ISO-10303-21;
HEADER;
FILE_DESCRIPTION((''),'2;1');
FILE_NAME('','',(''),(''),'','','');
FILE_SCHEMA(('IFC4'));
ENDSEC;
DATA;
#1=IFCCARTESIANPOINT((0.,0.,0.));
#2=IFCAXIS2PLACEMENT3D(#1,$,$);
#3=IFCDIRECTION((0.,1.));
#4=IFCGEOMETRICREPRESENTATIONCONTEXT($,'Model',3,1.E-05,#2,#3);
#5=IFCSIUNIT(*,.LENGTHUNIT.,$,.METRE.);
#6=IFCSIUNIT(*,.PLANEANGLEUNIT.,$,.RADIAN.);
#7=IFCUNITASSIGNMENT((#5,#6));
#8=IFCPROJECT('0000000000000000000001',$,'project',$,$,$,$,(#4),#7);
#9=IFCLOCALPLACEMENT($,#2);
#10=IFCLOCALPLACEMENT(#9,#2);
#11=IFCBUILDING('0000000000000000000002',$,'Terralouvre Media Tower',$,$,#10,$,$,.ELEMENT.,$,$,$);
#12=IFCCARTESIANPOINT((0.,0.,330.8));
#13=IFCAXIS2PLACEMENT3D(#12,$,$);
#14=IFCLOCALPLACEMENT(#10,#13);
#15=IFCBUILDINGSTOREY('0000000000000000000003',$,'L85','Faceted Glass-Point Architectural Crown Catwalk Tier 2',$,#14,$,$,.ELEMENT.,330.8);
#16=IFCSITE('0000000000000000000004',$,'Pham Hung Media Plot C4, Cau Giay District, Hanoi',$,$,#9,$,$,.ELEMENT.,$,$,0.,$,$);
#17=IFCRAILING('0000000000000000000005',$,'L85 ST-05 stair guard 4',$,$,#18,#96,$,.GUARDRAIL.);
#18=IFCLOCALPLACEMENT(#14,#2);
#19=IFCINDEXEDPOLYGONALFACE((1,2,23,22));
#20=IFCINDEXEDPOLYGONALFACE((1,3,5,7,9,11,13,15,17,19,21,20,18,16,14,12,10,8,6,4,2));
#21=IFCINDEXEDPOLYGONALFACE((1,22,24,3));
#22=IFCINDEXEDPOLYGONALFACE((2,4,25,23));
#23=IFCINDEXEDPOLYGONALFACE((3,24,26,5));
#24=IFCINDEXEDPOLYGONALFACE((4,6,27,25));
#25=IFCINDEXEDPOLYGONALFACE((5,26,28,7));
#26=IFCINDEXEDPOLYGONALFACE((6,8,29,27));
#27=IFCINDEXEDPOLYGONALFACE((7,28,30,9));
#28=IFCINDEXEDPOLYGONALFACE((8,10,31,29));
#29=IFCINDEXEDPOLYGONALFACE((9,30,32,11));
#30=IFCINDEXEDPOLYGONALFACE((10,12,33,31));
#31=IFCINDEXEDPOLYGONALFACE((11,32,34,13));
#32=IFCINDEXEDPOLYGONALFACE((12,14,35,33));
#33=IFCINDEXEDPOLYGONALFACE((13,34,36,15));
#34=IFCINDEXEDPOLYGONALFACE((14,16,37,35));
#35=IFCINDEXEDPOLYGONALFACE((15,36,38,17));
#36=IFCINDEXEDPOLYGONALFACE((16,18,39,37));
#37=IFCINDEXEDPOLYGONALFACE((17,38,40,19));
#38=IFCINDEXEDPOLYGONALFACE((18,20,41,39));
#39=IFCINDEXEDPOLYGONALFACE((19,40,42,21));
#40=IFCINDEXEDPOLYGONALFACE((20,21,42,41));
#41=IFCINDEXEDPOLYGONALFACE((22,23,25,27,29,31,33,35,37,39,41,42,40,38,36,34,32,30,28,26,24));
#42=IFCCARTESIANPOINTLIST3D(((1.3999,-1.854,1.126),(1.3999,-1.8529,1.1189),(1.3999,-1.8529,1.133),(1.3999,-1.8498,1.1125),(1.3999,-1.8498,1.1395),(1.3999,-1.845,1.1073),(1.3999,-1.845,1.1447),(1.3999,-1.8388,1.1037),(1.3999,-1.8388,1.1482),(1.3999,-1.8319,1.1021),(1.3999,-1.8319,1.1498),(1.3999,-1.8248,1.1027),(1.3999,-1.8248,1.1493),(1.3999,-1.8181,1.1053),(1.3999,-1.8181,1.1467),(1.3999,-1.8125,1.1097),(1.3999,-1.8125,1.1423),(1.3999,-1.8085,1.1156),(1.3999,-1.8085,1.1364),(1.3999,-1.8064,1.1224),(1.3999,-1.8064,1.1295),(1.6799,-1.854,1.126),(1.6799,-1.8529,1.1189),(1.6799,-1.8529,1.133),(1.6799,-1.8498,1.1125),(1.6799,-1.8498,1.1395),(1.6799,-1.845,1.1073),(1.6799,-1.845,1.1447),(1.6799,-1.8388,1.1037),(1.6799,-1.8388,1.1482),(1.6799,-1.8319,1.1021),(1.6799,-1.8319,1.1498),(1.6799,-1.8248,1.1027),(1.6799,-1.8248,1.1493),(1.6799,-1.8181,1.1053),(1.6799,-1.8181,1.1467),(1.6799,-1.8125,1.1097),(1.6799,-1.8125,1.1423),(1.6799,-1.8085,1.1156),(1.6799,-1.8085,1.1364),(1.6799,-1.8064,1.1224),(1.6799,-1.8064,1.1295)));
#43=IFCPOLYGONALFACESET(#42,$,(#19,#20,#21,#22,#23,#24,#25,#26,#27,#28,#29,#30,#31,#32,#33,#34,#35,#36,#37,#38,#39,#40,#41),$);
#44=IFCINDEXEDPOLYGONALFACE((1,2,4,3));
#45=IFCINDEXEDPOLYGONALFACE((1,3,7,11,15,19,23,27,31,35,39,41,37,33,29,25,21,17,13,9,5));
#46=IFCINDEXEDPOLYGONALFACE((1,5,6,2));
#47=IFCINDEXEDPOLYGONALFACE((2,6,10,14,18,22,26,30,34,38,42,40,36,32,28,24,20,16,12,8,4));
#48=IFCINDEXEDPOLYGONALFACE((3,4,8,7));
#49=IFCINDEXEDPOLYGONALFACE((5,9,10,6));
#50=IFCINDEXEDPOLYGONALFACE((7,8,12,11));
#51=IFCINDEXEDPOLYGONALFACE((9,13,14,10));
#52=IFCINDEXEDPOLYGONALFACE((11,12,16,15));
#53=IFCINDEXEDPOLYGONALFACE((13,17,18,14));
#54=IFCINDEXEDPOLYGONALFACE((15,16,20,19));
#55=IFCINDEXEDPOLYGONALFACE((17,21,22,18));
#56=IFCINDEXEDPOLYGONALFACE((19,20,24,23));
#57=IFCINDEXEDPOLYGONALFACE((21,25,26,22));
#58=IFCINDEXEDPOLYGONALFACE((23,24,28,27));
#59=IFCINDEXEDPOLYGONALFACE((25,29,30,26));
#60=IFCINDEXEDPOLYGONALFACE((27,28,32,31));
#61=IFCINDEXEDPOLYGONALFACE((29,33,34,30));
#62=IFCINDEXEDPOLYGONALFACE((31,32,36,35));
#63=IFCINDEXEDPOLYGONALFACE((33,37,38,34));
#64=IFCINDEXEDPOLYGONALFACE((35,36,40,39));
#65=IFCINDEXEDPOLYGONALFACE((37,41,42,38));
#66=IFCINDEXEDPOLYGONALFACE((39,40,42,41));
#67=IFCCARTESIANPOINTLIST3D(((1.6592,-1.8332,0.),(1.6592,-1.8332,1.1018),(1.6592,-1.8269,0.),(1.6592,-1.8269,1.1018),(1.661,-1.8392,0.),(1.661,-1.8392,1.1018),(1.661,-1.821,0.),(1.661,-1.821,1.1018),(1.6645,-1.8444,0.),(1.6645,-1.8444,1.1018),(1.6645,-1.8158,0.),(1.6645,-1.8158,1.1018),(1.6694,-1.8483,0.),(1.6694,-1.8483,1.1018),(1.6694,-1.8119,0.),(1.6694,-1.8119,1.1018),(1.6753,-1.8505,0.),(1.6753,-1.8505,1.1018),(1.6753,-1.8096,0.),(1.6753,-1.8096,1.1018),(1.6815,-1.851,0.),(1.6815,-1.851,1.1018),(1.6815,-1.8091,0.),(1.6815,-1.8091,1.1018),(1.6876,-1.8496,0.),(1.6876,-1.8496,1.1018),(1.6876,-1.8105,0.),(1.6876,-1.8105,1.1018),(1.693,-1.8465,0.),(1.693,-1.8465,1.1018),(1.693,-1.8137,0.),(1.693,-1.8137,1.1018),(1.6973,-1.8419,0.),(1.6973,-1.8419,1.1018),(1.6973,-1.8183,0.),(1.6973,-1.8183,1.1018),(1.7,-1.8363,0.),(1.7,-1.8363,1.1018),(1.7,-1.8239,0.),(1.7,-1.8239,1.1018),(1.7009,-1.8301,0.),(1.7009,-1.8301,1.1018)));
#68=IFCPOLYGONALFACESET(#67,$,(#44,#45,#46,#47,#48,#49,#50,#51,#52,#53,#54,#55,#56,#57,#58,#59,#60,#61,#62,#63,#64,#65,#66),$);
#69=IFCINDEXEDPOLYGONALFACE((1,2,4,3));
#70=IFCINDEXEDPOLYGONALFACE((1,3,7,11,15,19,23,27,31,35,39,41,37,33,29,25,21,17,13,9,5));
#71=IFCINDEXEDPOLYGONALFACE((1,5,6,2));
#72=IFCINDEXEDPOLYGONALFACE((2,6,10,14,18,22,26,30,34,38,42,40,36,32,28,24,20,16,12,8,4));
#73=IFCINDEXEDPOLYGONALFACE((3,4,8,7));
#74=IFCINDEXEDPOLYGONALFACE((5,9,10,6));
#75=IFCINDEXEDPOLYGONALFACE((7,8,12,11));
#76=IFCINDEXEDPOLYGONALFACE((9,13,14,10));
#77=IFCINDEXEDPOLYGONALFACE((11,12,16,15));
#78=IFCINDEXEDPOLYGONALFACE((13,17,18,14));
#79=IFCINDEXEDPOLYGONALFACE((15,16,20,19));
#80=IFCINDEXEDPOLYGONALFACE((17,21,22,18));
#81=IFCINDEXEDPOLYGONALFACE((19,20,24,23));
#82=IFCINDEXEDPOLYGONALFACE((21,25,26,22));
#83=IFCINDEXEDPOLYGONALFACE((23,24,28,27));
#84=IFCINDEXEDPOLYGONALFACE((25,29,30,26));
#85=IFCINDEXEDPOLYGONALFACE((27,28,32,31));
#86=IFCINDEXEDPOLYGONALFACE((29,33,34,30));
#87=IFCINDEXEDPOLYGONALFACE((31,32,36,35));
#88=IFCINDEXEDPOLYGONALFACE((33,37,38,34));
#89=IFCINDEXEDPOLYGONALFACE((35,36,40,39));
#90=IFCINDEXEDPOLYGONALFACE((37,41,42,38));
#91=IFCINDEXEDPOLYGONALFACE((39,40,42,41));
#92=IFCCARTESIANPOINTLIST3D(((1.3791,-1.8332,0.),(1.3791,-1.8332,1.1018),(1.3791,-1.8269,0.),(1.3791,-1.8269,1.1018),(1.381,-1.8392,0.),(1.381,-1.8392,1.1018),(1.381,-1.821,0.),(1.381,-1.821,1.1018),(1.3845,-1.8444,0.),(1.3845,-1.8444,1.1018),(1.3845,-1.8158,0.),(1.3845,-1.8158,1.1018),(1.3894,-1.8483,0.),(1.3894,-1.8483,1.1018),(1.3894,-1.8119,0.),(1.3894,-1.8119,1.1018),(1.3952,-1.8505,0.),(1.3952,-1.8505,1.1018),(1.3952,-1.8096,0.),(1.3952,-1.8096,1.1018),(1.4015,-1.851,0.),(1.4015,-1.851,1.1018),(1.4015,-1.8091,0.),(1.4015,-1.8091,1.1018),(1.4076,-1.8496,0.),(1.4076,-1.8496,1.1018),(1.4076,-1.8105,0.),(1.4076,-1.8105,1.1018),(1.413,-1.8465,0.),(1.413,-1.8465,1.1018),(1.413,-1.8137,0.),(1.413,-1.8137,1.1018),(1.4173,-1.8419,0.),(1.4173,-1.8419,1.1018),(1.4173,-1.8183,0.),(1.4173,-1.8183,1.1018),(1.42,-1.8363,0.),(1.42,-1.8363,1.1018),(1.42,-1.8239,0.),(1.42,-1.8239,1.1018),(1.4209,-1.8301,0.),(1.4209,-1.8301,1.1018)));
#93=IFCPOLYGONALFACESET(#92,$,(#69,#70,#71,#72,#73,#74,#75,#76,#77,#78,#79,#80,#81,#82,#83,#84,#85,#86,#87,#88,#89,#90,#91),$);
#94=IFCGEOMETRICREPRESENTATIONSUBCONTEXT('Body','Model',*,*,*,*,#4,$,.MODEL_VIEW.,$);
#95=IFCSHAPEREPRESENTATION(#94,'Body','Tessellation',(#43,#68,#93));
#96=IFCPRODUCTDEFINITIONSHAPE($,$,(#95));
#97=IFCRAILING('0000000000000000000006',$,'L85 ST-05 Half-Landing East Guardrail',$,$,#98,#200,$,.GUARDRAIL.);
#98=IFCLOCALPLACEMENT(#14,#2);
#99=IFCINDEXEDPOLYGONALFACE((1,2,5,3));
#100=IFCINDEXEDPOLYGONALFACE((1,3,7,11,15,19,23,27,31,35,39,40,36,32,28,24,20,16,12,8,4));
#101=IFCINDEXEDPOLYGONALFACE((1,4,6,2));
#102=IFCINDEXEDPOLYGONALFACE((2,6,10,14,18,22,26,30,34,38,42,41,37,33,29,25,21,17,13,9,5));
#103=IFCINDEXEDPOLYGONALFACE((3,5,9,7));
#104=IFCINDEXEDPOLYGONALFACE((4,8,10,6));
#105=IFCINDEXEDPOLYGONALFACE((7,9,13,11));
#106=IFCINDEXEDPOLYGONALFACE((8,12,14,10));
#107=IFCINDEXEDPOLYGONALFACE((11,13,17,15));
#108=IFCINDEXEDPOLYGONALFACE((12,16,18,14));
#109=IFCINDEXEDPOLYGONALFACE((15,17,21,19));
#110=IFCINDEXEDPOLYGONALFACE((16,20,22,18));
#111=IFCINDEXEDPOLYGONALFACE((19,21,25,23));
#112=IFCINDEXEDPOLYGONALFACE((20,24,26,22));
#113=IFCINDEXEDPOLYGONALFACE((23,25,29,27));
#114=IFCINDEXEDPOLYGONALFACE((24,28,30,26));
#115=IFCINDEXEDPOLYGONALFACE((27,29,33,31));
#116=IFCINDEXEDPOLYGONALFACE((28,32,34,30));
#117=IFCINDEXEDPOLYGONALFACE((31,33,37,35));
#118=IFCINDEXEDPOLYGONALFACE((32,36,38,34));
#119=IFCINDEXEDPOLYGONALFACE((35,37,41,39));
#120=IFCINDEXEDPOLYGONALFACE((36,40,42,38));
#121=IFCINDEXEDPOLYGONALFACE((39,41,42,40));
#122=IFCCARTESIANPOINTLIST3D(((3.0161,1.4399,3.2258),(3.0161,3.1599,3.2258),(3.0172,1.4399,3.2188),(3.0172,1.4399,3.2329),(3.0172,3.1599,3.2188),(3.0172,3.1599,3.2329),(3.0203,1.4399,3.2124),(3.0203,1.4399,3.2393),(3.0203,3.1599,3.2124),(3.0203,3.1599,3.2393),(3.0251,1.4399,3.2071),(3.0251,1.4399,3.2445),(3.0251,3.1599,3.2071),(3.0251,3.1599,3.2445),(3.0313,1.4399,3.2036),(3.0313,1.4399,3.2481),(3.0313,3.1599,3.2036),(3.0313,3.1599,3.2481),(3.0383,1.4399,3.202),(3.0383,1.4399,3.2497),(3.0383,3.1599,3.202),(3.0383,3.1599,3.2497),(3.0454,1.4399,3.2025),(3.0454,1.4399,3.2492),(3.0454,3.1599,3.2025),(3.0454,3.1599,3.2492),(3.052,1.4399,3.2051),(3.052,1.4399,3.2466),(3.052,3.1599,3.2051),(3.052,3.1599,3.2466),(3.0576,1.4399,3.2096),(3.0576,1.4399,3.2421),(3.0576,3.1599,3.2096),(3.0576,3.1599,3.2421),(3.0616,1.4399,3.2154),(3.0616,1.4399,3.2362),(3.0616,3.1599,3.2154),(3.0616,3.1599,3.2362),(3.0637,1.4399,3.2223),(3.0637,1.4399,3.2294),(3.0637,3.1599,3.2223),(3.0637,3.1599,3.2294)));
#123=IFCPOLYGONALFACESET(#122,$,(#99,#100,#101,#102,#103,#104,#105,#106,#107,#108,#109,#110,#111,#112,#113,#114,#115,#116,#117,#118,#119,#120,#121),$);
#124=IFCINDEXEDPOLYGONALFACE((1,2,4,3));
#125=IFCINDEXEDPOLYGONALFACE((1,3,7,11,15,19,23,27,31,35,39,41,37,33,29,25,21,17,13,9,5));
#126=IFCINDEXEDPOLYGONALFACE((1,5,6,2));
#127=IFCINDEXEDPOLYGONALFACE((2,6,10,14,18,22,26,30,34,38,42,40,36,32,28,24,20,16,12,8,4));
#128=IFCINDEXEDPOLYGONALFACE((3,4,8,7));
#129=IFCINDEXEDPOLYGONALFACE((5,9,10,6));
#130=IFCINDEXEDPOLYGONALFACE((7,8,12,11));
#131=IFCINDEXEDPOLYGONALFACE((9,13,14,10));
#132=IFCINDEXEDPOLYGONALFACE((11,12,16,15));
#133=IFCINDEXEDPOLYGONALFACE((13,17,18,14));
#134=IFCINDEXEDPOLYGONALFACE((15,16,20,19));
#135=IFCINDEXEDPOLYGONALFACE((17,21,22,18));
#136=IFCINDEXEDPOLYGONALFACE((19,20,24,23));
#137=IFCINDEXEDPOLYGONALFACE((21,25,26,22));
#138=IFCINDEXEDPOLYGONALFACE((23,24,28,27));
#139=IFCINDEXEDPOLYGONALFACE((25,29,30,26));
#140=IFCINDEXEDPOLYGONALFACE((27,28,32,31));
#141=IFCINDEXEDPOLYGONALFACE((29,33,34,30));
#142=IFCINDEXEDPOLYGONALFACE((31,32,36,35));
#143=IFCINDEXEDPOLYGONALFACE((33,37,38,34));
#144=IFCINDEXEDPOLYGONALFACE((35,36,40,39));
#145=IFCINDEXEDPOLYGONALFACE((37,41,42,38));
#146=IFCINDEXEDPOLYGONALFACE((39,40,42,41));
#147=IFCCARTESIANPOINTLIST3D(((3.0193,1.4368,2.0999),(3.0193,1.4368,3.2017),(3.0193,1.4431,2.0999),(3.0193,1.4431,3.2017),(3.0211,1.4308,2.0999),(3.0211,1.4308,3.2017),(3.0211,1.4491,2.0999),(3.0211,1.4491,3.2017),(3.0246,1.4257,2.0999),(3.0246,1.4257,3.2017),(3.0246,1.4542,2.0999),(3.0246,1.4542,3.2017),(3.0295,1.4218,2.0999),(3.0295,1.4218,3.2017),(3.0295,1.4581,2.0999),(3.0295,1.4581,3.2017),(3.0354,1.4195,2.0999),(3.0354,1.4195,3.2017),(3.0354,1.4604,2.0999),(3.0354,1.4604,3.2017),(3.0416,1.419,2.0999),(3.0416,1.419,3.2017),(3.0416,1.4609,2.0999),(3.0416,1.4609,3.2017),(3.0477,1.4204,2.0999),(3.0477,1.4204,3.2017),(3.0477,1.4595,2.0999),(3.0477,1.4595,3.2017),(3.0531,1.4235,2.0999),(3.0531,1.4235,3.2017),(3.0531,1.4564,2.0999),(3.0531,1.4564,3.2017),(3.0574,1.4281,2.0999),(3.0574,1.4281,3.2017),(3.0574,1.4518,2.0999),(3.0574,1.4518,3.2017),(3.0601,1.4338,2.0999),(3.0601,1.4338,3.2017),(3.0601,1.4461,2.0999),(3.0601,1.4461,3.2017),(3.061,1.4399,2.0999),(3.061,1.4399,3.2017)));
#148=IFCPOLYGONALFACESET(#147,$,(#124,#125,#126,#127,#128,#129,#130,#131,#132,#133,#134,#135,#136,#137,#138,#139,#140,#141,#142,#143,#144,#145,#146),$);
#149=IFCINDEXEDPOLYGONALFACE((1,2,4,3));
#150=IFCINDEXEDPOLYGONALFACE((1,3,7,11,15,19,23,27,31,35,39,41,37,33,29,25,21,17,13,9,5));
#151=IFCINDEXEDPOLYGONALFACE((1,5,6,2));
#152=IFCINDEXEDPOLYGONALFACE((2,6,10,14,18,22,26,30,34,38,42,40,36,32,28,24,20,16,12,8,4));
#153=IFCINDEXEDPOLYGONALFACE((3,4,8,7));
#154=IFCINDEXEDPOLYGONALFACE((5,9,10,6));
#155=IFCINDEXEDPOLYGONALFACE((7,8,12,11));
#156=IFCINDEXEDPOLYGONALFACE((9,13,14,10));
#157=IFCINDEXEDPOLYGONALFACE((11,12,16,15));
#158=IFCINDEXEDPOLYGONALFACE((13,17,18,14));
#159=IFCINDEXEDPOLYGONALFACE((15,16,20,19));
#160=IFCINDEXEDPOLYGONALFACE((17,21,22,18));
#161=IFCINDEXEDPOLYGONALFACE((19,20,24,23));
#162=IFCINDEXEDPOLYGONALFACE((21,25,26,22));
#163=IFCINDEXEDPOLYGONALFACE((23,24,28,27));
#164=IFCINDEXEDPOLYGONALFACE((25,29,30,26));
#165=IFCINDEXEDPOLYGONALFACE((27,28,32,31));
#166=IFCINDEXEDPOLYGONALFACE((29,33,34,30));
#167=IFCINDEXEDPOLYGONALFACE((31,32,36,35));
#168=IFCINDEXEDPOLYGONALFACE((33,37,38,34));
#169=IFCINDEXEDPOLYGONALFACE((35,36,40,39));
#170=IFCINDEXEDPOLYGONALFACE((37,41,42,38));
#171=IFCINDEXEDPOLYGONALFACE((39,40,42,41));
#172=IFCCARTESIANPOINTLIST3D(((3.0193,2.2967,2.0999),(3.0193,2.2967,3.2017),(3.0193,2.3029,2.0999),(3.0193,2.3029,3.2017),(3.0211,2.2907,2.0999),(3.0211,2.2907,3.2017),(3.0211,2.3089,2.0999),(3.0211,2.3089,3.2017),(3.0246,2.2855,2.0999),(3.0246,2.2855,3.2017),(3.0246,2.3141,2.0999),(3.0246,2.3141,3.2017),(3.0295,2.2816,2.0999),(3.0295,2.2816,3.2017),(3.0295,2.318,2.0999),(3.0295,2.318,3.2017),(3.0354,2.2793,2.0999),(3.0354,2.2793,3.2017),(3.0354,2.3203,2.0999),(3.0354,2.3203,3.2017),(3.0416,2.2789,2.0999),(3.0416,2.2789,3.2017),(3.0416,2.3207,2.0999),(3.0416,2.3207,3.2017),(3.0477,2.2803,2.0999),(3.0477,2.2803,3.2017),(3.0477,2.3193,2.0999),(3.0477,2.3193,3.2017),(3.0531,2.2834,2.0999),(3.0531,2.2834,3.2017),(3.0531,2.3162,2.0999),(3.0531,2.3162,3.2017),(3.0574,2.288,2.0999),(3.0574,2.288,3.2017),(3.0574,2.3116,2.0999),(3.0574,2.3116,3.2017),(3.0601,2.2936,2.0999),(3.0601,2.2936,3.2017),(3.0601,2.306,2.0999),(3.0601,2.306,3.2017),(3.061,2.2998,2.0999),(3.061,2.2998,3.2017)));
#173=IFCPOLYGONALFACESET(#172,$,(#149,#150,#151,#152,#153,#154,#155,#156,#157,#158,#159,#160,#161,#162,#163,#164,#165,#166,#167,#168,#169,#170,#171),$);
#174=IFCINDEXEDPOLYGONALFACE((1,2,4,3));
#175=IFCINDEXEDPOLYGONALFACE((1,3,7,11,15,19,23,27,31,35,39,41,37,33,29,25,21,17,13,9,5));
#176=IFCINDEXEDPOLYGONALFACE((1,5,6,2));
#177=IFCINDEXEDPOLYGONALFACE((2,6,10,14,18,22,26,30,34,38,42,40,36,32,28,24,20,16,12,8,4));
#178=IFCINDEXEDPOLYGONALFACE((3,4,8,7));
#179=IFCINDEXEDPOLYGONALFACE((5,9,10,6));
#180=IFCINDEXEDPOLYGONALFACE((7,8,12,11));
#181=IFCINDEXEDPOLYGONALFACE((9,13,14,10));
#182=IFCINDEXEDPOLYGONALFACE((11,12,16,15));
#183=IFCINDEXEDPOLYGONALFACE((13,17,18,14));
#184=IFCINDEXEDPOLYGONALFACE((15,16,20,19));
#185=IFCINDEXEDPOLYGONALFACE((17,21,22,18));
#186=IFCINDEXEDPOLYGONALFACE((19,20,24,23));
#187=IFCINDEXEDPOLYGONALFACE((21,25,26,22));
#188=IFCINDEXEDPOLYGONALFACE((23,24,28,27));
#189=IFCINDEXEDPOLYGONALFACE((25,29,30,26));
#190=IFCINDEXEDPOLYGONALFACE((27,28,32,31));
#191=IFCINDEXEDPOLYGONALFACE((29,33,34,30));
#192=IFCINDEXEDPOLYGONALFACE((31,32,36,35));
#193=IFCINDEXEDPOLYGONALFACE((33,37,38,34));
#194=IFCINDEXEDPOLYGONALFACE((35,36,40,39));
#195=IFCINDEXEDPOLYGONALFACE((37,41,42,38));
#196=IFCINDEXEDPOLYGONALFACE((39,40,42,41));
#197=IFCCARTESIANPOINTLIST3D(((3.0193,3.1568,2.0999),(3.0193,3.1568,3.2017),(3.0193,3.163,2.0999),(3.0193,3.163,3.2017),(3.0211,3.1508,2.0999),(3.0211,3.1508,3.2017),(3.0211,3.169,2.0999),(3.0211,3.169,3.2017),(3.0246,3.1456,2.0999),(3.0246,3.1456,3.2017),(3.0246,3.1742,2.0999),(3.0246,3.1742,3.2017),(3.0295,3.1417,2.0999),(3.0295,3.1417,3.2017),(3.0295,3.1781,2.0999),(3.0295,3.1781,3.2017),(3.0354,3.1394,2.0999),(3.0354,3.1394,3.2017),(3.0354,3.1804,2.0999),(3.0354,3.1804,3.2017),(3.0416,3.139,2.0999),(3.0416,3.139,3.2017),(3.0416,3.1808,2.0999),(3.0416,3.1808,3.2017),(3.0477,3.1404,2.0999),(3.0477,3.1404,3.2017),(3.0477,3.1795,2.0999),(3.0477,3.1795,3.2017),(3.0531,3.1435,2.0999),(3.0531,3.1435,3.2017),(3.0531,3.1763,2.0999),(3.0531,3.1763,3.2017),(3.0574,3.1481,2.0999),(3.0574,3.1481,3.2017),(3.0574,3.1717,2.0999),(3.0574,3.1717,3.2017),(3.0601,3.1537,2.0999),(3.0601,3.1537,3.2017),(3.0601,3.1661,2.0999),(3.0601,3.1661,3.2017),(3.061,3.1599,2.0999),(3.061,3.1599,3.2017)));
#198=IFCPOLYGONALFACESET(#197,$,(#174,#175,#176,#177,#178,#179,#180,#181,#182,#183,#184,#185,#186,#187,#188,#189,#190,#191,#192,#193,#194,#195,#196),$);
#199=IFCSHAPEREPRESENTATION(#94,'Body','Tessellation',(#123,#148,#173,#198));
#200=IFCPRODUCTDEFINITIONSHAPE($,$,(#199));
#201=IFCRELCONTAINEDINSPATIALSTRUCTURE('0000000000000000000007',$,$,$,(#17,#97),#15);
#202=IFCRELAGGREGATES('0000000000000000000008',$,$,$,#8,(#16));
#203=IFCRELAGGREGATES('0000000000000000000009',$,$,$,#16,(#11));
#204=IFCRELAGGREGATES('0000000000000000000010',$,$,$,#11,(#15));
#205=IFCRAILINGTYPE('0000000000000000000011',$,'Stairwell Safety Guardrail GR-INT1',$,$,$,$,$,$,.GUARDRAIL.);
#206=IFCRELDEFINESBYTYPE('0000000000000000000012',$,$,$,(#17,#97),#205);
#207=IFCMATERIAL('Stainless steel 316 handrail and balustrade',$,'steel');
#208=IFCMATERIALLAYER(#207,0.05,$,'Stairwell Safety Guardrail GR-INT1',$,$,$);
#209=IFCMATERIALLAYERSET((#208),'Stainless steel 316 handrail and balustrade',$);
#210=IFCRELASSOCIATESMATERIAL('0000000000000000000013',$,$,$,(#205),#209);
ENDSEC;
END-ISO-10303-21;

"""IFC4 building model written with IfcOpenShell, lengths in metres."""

from ifc_helpers import new_model, si_unit, direction, frame, origin, origin_2d, place, context, subcontext, project, spatial, circle, extrude, material, layer, layer_set, type_object, element, save


model = new_model("IFC4")

# Units and contexts
model_context = context("Model", 3, precision=1e-05, world=origin(), true_north=direction((0.0, 1.0)))
body_context = subcontext(model_context, "Body", "Model", "MODEL_VIEW")
ifc_project = project(units=[si_unit("LENGTHUNIT", "METRE"), si_unit("PLANEANGLEUNIT", "RADIAN")], contexts=[model_context])

# Site, building, storey
site_placement = place(None, origin())
site = spatial("IfcSite", under=ifc_project, at=site_placement, Name="Pham Hung Media Plot C4, Cau Giay District, Hanoi", CompositionType="ELEMENT", RefElevation=0.0)
building_placement = place(site_placement, origin())
building = spatial("IfcBuilding", under=site, at=building_placement, Name="Terralouvre Media Tower", CompositionType="ELEMENT")
storey_placement = place(building_placement, frame((0.0, 0.0, 330.8)))
storey = spatial("IfcBuildingStorey", under=building, at=storey_placement, Name="L85", Description="Faceted Glass-Point Architectural Crown Catwalk Tier 2", CompositionType="ELEMENT", Elevation=330.8)

# Railings
ifc_material_1 = material(Name="Stainless steel 316 handrail and balustrade", Category="steel")
ifc_layer_1 = layer(ifc_material_1, 0.05, Name="Stairwell Safety Guardrail GR-INT1")
ifc_layer_set_1 = layer_set([ifc_layer_1], Name="Stainless steel 316 handrail and balustrade")
railing_type_1 = type_object("IfcRailingType", Name="Stairwell Safety Guardrail GR-INT1", PredefinedType="GUARDRAIL", material=ifc_layer_set_1)
railing_1_placement = place(storey_placement, frame((1.6799, -1.8301, 0.0)))
element("IfcRailing", 1, at=railing_1_placement, inside=storey, type_object=railing_type_1, Name="L85 ST-05 stair guard 4", PredefinedType="GUARDRAIL", context=body_context, shape_type="SweptSolid", body=[
    extrude(circle(Radius=0.0239, at=origin_2d()), frame((0.0, 0.0, 1.126), z_axis=(-1.0, 0.0, 0.0), x_axis=(0.0, -1.0, 0.0)), (0.0, 0.0, 1.0), 0.28),
    extrude(circle(Radius=0.021, at=origin_2d()), origin(), (0.0, 0.0, 1.0), 1.1018),
    extrude(circle(Radius=0.021, at=origin_2d()), frame((-0.28, 0.0, 0.0)), (0.0, 0.0, 1.0), 1.1018),
])
railing_2_placement = place(storey_placement, frame((3.04, 1.4399, 2.0999)))
element("IfcRailing", 2, at=railing_2_placement, inside=storey, type_object=railing_type_1, Name="L85 ST-05 Half-Landing East Guardrail", PredefinedType="GUARDRAIL", context=body_context, shape_type="SweptSolid", body=[
    extrude(circle(Radius=0.0239, at=origin_2d()), frame((0.0, 0.0, 1.126), z_axis=(0.0, 1.0, 0.0), x_axis=(-1.0, 0.0, 0.0)), (0.0, 0.0, 1.0), 1.72),
    extrude(circle(Radius=0.021, at=origin_2d()), origin(), (0.0, 0.0, 1.0), 1.1018),
    extrude(circle(Radius=0.021, at=origin_2d()), frame((0.0, 0.8599, 0.0)), (0.0, 0.0, 1.0), 1.1018),
    extrude(circle(Radius=0.021, at=origin_2d()), frame((0.0, 1.72, 0.0)), (0.0, 0.0, 1.0), 1.1018),
])

save(model, "model.ifc")
